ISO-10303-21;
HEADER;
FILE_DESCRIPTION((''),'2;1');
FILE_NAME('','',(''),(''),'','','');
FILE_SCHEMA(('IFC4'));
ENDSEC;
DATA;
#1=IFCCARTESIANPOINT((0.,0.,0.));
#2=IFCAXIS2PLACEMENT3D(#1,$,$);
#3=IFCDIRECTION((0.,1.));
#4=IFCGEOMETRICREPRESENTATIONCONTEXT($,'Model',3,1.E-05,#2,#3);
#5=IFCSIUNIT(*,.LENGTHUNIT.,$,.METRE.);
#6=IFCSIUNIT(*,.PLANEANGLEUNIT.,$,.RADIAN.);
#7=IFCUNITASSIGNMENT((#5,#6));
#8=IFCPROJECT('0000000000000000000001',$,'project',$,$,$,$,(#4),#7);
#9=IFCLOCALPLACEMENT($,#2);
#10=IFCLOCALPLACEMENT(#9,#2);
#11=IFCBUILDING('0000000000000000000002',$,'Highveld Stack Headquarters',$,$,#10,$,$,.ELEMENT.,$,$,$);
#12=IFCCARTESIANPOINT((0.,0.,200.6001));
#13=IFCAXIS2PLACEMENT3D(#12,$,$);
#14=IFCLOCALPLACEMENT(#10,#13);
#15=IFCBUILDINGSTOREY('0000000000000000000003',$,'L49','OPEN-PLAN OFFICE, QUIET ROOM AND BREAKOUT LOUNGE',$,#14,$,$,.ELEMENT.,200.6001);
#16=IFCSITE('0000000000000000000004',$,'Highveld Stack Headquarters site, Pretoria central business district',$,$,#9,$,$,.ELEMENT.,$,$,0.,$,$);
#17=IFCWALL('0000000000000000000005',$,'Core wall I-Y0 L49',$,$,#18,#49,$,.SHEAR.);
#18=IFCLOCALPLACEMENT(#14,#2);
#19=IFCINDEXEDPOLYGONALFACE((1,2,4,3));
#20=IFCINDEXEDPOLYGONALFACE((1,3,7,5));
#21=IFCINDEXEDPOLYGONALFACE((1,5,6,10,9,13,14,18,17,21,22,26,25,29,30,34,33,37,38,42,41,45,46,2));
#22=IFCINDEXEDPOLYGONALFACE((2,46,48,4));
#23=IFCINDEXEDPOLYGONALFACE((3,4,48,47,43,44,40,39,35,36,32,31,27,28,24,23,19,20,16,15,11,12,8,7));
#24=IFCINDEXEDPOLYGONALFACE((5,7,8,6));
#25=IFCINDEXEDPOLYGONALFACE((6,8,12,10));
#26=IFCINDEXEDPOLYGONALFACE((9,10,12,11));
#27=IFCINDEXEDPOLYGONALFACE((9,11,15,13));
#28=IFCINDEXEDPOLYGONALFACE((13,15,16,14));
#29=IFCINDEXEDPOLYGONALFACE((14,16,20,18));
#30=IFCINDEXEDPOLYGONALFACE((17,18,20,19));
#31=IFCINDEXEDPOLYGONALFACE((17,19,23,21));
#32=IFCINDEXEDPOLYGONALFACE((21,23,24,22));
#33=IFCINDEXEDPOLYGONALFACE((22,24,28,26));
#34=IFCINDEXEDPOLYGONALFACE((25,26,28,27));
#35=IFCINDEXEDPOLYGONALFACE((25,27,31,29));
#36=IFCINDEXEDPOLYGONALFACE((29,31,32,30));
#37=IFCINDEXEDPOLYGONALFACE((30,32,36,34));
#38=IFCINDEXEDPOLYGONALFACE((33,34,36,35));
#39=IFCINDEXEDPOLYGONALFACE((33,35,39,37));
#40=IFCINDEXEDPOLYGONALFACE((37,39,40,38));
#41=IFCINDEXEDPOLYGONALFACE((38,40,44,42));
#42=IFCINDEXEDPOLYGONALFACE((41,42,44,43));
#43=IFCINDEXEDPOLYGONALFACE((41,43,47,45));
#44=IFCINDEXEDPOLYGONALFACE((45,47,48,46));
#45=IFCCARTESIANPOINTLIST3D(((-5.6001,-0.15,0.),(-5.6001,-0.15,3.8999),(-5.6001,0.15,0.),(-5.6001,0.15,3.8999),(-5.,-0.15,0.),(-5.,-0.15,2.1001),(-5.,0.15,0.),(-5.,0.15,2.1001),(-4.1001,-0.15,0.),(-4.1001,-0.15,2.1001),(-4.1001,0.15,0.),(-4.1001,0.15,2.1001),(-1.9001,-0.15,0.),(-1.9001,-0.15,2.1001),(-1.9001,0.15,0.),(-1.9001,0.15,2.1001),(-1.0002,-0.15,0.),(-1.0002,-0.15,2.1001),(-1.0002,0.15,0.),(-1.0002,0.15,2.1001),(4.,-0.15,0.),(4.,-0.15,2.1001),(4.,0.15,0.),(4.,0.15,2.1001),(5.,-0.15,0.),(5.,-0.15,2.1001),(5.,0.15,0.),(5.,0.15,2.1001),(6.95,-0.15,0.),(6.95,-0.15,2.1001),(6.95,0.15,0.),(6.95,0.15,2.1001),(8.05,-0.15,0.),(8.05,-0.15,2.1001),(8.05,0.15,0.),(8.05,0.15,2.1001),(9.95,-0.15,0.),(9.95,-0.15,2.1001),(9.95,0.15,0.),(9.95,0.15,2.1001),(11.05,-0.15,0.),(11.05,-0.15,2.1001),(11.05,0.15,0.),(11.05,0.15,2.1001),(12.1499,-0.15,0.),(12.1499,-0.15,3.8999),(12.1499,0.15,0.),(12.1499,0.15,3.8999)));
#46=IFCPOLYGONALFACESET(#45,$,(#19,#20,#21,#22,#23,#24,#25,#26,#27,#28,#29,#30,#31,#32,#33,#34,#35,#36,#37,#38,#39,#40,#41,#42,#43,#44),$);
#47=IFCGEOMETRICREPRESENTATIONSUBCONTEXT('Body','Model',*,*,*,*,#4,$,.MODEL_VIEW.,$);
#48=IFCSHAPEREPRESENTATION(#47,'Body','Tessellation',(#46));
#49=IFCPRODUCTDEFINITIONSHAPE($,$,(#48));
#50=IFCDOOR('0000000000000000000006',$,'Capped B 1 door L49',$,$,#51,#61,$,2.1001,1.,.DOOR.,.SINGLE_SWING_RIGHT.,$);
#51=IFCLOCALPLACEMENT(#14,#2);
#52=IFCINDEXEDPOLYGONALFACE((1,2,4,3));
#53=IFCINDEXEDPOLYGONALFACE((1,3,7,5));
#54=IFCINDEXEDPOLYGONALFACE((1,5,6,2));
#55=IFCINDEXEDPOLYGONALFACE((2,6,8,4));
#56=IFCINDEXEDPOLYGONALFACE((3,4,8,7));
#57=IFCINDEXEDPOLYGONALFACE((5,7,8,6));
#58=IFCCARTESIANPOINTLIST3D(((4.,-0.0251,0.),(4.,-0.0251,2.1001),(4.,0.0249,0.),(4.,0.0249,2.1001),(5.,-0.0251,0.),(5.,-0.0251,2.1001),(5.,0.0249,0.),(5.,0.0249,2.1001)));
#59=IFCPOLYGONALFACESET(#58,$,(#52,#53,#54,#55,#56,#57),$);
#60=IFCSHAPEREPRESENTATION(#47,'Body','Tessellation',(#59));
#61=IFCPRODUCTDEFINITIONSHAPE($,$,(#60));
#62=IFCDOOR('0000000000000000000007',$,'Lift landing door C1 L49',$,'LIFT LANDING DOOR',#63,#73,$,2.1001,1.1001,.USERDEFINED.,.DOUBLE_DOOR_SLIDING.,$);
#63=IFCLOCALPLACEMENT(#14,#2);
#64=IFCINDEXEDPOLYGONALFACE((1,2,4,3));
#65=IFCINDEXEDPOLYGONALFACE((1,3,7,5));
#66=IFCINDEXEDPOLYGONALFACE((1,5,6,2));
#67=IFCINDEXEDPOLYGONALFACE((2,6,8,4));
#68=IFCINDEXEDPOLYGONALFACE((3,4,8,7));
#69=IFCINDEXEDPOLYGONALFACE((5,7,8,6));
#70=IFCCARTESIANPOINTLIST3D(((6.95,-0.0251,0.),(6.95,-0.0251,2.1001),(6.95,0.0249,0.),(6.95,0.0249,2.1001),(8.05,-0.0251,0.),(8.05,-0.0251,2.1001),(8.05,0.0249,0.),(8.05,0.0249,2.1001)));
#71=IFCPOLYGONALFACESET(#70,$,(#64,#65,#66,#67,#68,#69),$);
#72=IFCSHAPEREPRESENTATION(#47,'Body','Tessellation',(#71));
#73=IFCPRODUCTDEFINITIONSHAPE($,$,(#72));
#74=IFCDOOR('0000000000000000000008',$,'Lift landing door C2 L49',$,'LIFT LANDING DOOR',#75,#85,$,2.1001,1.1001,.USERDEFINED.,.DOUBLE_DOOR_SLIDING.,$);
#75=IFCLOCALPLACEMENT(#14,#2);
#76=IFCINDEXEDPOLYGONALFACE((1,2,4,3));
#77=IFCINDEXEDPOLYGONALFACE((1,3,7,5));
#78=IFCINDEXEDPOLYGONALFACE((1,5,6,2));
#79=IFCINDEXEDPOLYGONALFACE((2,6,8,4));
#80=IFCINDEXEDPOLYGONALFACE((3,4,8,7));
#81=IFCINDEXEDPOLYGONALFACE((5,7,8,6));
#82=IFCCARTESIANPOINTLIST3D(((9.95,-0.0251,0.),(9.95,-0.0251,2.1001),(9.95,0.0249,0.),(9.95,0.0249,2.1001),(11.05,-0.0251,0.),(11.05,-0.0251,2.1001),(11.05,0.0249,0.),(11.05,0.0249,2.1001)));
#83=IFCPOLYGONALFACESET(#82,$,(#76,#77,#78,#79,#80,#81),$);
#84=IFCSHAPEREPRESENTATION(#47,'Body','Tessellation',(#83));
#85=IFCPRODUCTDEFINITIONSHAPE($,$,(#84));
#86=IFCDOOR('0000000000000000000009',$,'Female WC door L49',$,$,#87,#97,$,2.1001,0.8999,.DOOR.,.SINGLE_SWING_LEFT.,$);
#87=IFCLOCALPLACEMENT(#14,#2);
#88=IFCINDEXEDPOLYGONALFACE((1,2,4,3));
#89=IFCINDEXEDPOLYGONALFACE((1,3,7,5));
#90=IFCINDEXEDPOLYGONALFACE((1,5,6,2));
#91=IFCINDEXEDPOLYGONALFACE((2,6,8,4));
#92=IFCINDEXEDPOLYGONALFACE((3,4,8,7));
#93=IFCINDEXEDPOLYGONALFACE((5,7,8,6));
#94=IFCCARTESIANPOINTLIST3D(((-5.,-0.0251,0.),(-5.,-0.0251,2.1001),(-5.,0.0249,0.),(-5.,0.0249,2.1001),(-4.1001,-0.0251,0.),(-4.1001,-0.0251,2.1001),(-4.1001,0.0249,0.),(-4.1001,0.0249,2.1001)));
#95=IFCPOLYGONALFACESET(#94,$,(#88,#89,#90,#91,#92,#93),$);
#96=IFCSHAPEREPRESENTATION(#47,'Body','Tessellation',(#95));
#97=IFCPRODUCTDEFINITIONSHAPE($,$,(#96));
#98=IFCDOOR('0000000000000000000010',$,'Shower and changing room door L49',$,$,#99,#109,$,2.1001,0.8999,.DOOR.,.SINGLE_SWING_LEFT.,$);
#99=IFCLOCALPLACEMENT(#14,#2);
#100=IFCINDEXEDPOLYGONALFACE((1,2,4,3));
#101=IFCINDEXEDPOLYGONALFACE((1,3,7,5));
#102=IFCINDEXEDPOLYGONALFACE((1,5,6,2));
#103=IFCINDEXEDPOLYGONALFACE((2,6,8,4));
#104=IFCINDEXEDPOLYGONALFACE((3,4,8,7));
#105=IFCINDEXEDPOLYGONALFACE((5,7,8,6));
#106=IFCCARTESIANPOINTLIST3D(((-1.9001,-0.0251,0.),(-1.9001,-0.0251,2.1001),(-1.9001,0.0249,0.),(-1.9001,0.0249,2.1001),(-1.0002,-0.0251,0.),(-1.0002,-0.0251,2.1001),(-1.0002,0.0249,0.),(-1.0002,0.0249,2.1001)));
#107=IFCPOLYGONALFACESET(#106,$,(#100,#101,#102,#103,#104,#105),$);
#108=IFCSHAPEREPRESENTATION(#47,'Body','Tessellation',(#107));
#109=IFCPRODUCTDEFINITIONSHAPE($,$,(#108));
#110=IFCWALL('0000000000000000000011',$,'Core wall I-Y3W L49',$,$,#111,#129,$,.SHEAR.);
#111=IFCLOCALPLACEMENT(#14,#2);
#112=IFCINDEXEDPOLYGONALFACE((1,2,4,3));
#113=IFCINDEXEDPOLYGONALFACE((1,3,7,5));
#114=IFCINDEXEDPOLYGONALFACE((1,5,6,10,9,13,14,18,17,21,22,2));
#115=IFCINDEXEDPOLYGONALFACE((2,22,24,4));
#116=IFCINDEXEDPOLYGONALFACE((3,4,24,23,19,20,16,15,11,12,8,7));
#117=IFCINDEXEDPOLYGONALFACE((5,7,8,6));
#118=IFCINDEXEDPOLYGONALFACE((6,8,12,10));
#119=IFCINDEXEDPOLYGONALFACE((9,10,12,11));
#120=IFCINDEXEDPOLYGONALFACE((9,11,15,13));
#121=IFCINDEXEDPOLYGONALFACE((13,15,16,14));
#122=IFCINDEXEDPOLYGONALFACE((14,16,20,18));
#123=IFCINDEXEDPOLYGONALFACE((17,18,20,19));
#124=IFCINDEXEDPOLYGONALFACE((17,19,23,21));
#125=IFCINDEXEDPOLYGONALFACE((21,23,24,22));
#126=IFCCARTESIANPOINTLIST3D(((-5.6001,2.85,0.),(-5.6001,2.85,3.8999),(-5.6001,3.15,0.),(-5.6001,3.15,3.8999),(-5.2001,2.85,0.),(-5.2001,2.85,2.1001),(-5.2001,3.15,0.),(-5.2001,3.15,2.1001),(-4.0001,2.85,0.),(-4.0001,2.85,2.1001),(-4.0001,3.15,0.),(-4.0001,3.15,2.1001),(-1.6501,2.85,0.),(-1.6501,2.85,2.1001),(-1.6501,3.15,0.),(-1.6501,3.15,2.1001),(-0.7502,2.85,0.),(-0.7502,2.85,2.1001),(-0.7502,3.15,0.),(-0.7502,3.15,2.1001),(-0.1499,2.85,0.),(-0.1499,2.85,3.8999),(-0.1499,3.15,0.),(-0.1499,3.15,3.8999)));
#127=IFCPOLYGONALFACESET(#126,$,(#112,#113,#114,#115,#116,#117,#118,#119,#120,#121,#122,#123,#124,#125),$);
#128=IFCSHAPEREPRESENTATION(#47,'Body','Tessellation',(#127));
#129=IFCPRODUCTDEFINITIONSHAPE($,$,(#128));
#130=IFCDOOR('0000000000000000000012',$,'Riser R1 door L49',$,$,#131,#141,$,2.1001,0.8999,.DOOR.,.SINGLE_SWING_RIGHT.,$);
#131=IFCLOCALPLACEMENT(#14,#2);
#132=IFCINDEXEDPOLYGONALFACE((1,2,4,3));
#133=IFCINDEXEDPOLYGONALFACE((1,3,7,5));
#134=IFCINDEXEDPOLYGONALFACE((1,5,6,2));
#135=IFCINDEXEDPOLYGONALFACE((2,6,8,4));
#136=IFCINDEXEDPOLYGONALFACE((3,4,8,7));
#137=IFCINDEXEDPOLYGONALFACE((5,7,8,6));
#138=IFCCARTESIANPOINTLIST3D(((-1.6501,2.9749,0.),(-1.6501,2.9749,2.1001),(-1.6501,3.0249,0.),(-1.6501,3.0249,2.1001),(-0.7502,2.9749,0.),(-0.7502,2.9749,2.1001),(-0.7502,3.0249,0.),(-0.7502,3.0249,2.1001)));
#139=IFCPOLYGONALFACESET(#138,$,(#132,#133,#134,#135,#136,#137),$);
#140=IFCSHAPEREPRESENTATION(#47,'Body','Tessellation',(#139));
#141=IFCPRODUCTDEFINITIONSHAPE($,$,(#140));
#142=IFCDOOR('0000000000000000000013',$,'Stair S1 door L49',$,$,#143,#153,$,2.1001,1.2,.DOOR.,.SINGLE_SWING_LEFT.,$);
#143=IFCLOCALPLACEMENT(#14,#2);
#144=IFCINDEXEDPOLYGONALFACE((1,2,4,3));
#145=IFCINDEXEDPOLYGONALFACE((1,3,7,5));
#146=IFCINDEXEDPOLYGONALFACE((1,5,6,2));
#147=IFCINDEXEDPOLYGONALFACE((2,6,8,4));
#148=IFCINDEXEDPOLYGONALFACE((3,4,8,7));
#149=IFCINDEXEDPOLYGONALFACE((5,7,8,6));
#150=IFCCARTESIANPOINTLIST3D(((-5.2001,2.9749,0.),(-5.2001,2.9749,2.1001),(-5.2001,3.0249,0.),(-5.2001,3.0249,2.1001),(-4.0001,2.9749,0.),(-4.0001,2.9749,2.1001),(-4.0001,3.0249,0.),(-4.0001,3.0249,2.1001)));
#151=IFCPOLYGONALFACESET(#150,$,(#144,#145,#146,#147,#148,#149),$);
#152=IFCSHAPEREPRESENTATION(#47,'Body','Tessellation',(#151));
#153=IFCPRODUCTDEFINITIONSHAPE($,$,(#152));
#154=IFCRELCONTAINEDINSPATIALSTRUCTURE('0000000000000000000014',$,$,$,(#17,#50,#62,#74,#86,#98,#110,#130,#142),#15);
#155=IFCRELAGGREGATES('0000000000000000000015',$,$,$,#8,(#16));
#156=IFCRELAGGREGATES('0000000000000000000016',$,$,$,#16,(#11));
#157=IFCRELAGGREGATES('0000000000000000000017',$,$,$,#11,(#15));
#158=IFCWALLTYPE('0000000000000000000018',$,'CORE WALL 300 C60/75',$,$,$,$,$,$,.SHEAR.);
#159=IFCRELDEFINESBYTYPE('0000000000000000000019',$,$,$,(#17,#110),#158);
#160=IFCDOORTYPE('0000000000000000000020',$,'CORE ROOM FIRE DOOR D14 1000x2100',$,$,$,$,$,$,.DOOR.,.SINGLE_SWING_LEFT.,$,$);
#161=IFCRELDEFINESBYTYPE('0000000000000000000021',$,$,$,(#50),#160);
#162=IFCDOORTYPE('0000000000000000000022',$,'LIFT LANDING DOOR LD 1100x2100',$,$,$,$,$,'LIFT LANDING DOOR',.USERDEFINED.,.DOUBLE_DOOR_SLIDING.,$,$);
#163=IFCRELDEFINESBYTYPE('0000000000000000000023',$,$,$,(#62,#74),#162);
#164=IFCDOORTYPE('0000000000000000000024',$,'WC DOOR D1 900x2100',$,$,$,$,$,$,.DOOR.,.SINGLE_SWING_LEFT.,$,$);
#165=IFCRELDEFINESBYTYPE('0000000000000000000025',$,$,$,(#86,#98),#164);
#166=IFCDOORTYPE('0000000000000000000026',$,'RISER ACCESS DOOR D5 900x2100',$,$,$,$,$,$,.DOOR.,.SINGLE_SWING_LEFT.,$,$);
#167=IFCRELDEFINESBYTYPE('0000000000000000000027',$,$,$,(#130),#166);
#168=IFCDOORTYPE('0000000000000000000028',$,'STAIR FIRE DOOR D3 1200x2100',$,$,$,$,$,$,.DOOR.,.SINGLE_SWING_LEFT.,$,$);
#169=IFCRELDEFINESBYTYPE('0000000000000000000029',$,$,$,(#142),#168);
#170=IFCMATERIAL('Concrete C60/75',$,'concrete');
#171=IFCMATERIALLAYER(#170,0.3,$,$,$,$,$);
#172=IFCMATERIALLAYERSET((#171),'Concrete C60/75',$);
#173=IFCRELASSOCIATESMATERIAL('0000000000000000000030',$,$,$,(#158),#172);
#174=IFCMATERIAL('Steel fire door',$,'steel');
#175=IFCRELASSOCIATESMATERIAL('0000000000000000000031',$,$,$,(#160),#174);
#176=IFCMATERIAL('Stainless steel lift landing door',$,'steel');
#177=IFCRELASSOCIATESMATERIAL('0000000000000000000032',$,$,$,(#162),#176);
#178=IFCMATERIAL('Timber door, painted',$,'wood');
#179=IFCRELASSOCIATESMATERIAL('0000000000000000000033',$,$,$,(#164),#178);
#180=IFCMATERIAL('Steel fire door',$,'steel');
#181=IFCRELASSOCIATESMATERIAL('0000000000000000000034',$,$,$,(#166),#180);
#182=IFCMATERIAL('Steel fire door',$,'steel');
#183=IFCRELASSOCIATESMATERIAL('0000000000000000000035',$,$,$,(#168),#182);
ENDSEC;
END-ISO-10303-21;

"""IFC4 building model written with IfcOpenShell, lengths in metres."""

from ifc_helpers import new_model, si_unit, direction, frame, frame_2d, origin, place, context, subcontext, project, spatial, rectangle, extrude, material, layer, layer_set, type_object, element, fill, save


model = new_model("IFC4")

# Units and contexts
model_context = context("Model", 3, precision=1e-05, world=origin(), true_north=direction((0.0, 1.0)))
body_context = subcontext(model_context, "Body", "Model", "MODEL_VIEW")
ifc_project = project(units=[si_unit("LENGTHUNIT", "METRE"), si_unit("PLANEANGLEUNIT", "RADIAN")], contexts=[model_context])

# Site, building, storey
site_placement = place(None, origin())
site = spatial("IfcSite", under=ifc_project, at=site_placement, Name="Highveld Stack Headquarters site, Pretoria central business district", CompositionType="ELEMENT", RefElevation=0.0)
building_placement = place(site_placement, origin())
building = spatial("IfcBuilding", under=site, at=building_placement, Name="Highveld Stack Headquarters", CompositionType="ELEMENT")
storey_placement = place(building_placement, frame((0.0, 0.0, 200.6001)))
storey = spatial("IfcBuildingStorey", under=building, at=storey_placement, Name="L49", Description="OPEN-PLAN OFFICE, QUIET ROOM AND BREAKOUT LOUNGE", CompositionType="ELEMENT", Elevation=200.6001)

# Walls, openings, doors
ifc_material_1 = material(Name="Concrete C60/75", Category="concrete")
ifc_layer_1 = layer(ifc_material_1, 0.3)
ifc_layer_set_1 = layer_set([ifc_layer_1], Name="Concrete C60/75")
wall_type_1 = type_object("IfcWallType", Name="CORE WALL 300 C60/75", PredefinedType="SHEAR", material=ifc_layer_set_1)
wall_1_placement = place(storey_placement, frame((-5.6001, 0.0, 0.0), z_axis=(0.0, 0.0, 1.0), x_axis=(1.0, 0.0, 0.0)))
wall_1 = element("IfcWall", 1, at=wall_1_placement, inside=storey, type_object=wall_type_1, Name="Core wall I-Y0 L49", PredefinedType="SHEAR", context=body_context, shape_type="SweptSolid", body=[
    extrude(rectangle(XDim=17.75, YDim=0.3, at=frame_2d((8.875, 0.0))), origin(), (0.0, 0.0, 1.0), 3.8999),
])
opening_1_placement = place(wall_1_placement, frame((0.6001, 0.0, 0.0)))
opening_1 = element("IfcOpeningElement", 2, at=opening_1_placement, cuts=wall_1, PredefinedType="OPENING", context=body_context, shape_type="SweptSolid", body=[
    extrude(rectangle(XDim=0.8999, YDim=2.1001, at=frame_2d((0.45, 1.05))), frame((0.0, 0.1599, 0.0), z_axis=(0.0, -1.0, 0.0), x_axis=(1.0, 0.0, 0.0)), (0.0, 0.0, 1.0), 0.3201),
])
opening_2_placement = place(wall_1_placement, frame((3.7, 0.0, 0.0)))
opening_2 = element("IfcOpeningElement", 3, at=opening_2_placement, cuts=wall_1, PredefinedType="OPENING", context=body_context, shape_type="SweptSolid", body=[
    extrude(rectangle(XDim=0.8999, YDim=2.1001, at=frame_2d((0.45, 1.05))), frame((0.0, 0.1599, 0.0), z_axis=(0.0, -1.0, 0.0), x_axis=(1.0, 0.0, 0.0)), (0.0, 0.0, 1.0), 0.3201),
])
opening_3_placement = place(wall_1_placement, frame((9.6001, 0.0, 0.0)))
opening_3 = element("IfcOpeningElement", 4, at=opening_3_placement, cuts=wall_1, PredefinedType="OPENING", context=body_context, shape_type="SweptSolid", body=[
    extrude(rectangle(XDim=1.0, YDim=2.1001, at=frame_2d((0.5, 1.05))), frame((0.0, 0.1599, 0.0), z_axis=(0.0, -1.0, 0.0), x_axis=(1.0, 0.0, 0.0)), (0.0, 0.0, 1.0), 0.3201),
])
opening_4_placement = place(wall_1_placement, frame((12.55, 0.0, 0.0)))
opening_4 = element("IfcOpeningElement", 5, at=opening_4_placement, cuts=wall_1, PredefinedType="OPENING", context=body_context, shape_type="SweptSolid", body=[
    extrude(rectangle(XDim=1.1001, YDim=2.1001, at=frame_2d((0.55, 1.05))), frame((0.0, 0.1599, 0.0), z_axis=(0.0, -1.0, 0.0), x_axis=(1.0, 0.0, 0.0)), (0.0, 0.0, 1.0), 0.3201),
])
opening_5_placement = place(wall_1_placement, frame((15.55, 0.0, 0.0)))
opening_5 = element("IfcOpeningElement", 6, at=opening_5_placement, cuts=wall_1, PredefinedType="OPENING", context=body_context, shape_type="SweptSolid", body=[
    extrude(rectangle(XDim=1.1001, YDim=2.1001, at=frame_2d((0.55, 1.05))), frame((0.0, 0.1599, 0.0), z_axis=(0.0, -1.0, 0.0), x_axis=(1.0, 0.0, 0.0)), (0.0, 0.0, 1.0), 0.3201),
])
ifc_material_2 = material(Name="Steel fire door", Category="steel")
door_type_1 = type_object("IfcDoorType", Name="CORE ROOM FIRE DOOR D14 1000x2100", OperationType="SINGLE_SWING_LEFT", PredefinedType="DOOR", material=ifc_material_2)
door_1_placement = place(opening_3_placement, origin())
door_1 = element("IfcDoor", 7, at=door_1_placement, inside=storey, type_object=door_type_1, Name="Capped B 1 door L49", OperationType="SINGLE_SWING_RIGHT", OverallHeight=2.1001, OverallWidth=1.0, PredefinedType="DOOR", context=body_context, shape_type="SweptSolid", body=[
    extrude(rectangle(XDim=1.0, YDim=2.1001, at=frame_2d((0.5, 1.05))), frame((0.0, 0.0249, 0.0), z_axis=(0.0, -1.0, 0.0), x_axis=(1.0, 0.0, 0.0)), (0.0, 0.0, 1.0), 0.05),
])
fill(opening_3, door_1)
ifc_material_3 = material(Name="Stainless steel lift landing door", Category="steel")
door_type_2 = type_object("IfcDoorType", Name="LIFT LANDING DOOR LD 1100x2100", ElementType="LIFT LANDING DOOR", OperationType="DOUBLE_DOOR_SLIDING", PredefinedType="USERDEFINED", material=ifc_material_3)
door_2_placement = place(opening_4_placement, origin())
door_2 = element("IfcDoor", 8, at=door_2_placement, inside=storey, type_object=door_type_2, Name="Lift landing door C1 L49", ObjectType="LIFT LANDING DOOR", OperationType="DOUBLE_DOOR_SLIDING", OverallHeight=2.1001, OverallWidth=1.1001, PredefinedType="USERDEFINED", context=body_context, shape_type="SweptSolid", body=[
    extrude(rectangle(XDim=1.1001, YDim=2.1001, at=frame_2d((0.55, 1.05))), frame((0.0, 0.0249, 0.0), z_axis=(0.0, -1.0, 0.0), x_axis=(1.0, 0.0, 0.0)), (0.0, 0.0, 1.0), 0.05),
])
fill(opening_4, door_2)
door_3_placement = place(opening_5_placement, origin())
door_3 = element("IfcDoor", 9, at=door_3_placement, inside=storey, type_object=door_type_2, Name="Lift landing door C2 L49", ObjectType="LIFT LANDING DOOR", OperationType="DOUBLE_DOOR_SLIDING", OverallHeight=2.1001, OverallWidth=1.1001, PredefinedType="USERDEFINED", context=body_context, shape_type="SweptSolid", body=[
    extrude(rectangle(XDim=1.1001, YDim=2.1001, at=frame_2d((0.55, 1.05))), frame((0.0, 0.0249, 0.0), z_axis=(0.0, -1.0, 0.0), x_axis=(1.0, 0.0, 0.0)), (0.0, 0.0, 1.0), 0.05),
])
fill(opening_5, door_3)
ifc_material_4 = material(Name="Timber door, painted", Category="wood")
door_type_3 = type_object("IfcDoorType", Name="WC DOOR D1 900x2100", OperationType="SINGLE_SWING_LEFT", PredefinedType="DOOR", material=ifc_material_4)
door_4_placement = place(opening_1_placement, origin())
door_4 = element("IfcDoor", 10, at=door_4_placement, inside=storey, type_object=door_type_3, Name="Female WC door L49", OperationType="SINGLE_SWING_LEFT", OverallHeight=2.1001, OverallWidth=0.8999, PredefinedType="DOOR", context=body_context, shape_type="SweptSolid", body=[
    extrude(rectangle(XDim=0.8999, YDim=2.1001, at=frame_2d((0.45, 1.05))), frame((0.0, 0.0249, 0.0), z_axis=(0.0, -1.0, 0.0), x_axis=(1.0, 0.0, 0.0)), (0.0, 0.0, 1.0), 0.05),
])
fill(opening_1, door_4)
door_5_placement = place(opening_2_placement, origin())
door_5 = element("IfcDoor", 11, at=door_5_placement, inside=storey, type_object=door_type_3, Name="Shower and changing room door L49", OperationType="SINGLE_SWING_LEFT", OverallHeight=2.1001, OverallWidth=0.8999, PredefinedType="DOOR", context=body_context, shape_type="SweptSolid", body=[
    extrude(rectangle(XDim=0.8999, YDim=2.1001, at=frame_2d((0.45, 1.05))), frame((0.0, 0.0249, 0.0), z_axis=(0.0, -1.0, 0.0), x_axis=(1.0, 0.0, 0.0)), (0.0, 0.0, 1.0), 0.05),
])
fill(opening_2, door_5)
wall_2_placement = place(storey_placement, frame((-5.6001, 3.0, 0.0), z_axis=(0.0, 0.0, 1.0), x_axis=(1.0, 0.0, 0.0)))
wall_2 = element("IfcWall", 12, at=wall_2_placement, inside=storey, type_object=wall_type_1, Name="Core wall I-Y3W L49", PredefinedType="SHEAR", context=body_context, shape_type="SweptSolid", body=[
    extrude(rectangle(XDim=5.4502, YDim=0.3, at=frame_2d((2.7251, 0.0))), origin(), (0.0, 0.0, 1.0), 3.8999),
])
opening_6_placement = place(wall_2_placement, frame((0.3999, 0.0, 0.0)))
opening_6 = element("IfcOpeningElement", 13, at=opening_6_placement, cuts=wall_2, PredefinedType="OPENING", context=body_context, shape_type="SweptSolid", body=[
    extrude(rectangle(XDim=1.2, YDim=2.1001, at=frame_2d((0.6001, 1.05))), frame((0.0, 0.1599, 0.0), z_axis=(0.0, -1.0, 0.0), x_axis=(1.0, 0.0, 0.0)), (0.0, 0.0, 1.0), 0.3201),
])
opening_7_placement = place(wall_2_placement, frame((3.95, 0.0, 0.0)))
opening_7 = element("IfcOpeningElement", 14, at=opening_7_placement, cuts=wall_2, PredefinedType="OPENING", context=body_context, shape_type="SweptSolid", body=[
    extrude(rectangle(XDim=0.8999, YDim=2.1001, at=frame_2d((0.45, 1.05))), frame((0.0, 0.1599, 0.0), z_axis=(0.0, -1.0, 0.0), x_axis=(1.0, 0.0, 0.0)), (0.0, 0.0, 1.0), 0.3201),
])
ifc_material_5 = material(Name="Steel fire door", Category="steel")
door_type_4 = type_object("IfcDoorType", Name="RISER ACCESS DOOR D5 900x2100", OperationType="SINGLE_SWING_LEFT", PredefinedType="DOOR", material=ifc_material_5)
door_6_placement = place(opening_7_placement, origin())
door_6 = element("IfcDoor", 15, at=door_6_placement, inside=storey, type_object=door_type_4, Name="Riser R1 door L49", OperationType="SINGLE_SWING_RIGHT", OverallHeight=2.1001, OverallWidth=0.8999, PredefinedType="DOOR", context=body_context, shape_type="SweptSolid", body=[
    extrude(rectangle(XDim=0.8999, YDim=2.1001, at=frame_2d((0.45, 1.05))), frame((0.0, 0.0249, 0.0), z_axis=(0.0, -1.0, 0.0), x_axis=(1.0, 0.0, 0.0)), (0.0, 0.0, 1.0), 0.05),
])
fill(opening_7, door_6)
ifc_material_6 = material(Name="Steel fire door", Category="steel")
door_type_5 = type_object("IfcDoorType", Name="STAIR FIRE DOOR D3 1200x2100", OperationType="SINGLE_SWING_LEFT", PredefinedType="DOOR", material=ifc_material_6)
door_7_placement = place(opening_6_placement, origin())
door_7 = element("IfcDoor", 16, at=door_7_placement, inside=storey, type_object=door_type_5, Name="Stair S1 door L49", OperationType="SINGLE_SWING_LEFT", OverallHeight=2.1001, OverallWidth=1.2, PredefinedType="DOOR", context=body_context, shape_type="SweptSolid", body=[
    extrude(rectangle(XDim=1.2, YDim=2.1001, at=frame_2d((0.6001, 1.05))), frame((0.0, 0.0249, 0.0), z_axis=(0.0, -1.0, 0.0), x_axis=(1.0, 0.0, 0.0)), (0.0, 0.0, 1.0), 0.05),
])
fill(opening_6, door_7)

save(model, "model.ifc")
